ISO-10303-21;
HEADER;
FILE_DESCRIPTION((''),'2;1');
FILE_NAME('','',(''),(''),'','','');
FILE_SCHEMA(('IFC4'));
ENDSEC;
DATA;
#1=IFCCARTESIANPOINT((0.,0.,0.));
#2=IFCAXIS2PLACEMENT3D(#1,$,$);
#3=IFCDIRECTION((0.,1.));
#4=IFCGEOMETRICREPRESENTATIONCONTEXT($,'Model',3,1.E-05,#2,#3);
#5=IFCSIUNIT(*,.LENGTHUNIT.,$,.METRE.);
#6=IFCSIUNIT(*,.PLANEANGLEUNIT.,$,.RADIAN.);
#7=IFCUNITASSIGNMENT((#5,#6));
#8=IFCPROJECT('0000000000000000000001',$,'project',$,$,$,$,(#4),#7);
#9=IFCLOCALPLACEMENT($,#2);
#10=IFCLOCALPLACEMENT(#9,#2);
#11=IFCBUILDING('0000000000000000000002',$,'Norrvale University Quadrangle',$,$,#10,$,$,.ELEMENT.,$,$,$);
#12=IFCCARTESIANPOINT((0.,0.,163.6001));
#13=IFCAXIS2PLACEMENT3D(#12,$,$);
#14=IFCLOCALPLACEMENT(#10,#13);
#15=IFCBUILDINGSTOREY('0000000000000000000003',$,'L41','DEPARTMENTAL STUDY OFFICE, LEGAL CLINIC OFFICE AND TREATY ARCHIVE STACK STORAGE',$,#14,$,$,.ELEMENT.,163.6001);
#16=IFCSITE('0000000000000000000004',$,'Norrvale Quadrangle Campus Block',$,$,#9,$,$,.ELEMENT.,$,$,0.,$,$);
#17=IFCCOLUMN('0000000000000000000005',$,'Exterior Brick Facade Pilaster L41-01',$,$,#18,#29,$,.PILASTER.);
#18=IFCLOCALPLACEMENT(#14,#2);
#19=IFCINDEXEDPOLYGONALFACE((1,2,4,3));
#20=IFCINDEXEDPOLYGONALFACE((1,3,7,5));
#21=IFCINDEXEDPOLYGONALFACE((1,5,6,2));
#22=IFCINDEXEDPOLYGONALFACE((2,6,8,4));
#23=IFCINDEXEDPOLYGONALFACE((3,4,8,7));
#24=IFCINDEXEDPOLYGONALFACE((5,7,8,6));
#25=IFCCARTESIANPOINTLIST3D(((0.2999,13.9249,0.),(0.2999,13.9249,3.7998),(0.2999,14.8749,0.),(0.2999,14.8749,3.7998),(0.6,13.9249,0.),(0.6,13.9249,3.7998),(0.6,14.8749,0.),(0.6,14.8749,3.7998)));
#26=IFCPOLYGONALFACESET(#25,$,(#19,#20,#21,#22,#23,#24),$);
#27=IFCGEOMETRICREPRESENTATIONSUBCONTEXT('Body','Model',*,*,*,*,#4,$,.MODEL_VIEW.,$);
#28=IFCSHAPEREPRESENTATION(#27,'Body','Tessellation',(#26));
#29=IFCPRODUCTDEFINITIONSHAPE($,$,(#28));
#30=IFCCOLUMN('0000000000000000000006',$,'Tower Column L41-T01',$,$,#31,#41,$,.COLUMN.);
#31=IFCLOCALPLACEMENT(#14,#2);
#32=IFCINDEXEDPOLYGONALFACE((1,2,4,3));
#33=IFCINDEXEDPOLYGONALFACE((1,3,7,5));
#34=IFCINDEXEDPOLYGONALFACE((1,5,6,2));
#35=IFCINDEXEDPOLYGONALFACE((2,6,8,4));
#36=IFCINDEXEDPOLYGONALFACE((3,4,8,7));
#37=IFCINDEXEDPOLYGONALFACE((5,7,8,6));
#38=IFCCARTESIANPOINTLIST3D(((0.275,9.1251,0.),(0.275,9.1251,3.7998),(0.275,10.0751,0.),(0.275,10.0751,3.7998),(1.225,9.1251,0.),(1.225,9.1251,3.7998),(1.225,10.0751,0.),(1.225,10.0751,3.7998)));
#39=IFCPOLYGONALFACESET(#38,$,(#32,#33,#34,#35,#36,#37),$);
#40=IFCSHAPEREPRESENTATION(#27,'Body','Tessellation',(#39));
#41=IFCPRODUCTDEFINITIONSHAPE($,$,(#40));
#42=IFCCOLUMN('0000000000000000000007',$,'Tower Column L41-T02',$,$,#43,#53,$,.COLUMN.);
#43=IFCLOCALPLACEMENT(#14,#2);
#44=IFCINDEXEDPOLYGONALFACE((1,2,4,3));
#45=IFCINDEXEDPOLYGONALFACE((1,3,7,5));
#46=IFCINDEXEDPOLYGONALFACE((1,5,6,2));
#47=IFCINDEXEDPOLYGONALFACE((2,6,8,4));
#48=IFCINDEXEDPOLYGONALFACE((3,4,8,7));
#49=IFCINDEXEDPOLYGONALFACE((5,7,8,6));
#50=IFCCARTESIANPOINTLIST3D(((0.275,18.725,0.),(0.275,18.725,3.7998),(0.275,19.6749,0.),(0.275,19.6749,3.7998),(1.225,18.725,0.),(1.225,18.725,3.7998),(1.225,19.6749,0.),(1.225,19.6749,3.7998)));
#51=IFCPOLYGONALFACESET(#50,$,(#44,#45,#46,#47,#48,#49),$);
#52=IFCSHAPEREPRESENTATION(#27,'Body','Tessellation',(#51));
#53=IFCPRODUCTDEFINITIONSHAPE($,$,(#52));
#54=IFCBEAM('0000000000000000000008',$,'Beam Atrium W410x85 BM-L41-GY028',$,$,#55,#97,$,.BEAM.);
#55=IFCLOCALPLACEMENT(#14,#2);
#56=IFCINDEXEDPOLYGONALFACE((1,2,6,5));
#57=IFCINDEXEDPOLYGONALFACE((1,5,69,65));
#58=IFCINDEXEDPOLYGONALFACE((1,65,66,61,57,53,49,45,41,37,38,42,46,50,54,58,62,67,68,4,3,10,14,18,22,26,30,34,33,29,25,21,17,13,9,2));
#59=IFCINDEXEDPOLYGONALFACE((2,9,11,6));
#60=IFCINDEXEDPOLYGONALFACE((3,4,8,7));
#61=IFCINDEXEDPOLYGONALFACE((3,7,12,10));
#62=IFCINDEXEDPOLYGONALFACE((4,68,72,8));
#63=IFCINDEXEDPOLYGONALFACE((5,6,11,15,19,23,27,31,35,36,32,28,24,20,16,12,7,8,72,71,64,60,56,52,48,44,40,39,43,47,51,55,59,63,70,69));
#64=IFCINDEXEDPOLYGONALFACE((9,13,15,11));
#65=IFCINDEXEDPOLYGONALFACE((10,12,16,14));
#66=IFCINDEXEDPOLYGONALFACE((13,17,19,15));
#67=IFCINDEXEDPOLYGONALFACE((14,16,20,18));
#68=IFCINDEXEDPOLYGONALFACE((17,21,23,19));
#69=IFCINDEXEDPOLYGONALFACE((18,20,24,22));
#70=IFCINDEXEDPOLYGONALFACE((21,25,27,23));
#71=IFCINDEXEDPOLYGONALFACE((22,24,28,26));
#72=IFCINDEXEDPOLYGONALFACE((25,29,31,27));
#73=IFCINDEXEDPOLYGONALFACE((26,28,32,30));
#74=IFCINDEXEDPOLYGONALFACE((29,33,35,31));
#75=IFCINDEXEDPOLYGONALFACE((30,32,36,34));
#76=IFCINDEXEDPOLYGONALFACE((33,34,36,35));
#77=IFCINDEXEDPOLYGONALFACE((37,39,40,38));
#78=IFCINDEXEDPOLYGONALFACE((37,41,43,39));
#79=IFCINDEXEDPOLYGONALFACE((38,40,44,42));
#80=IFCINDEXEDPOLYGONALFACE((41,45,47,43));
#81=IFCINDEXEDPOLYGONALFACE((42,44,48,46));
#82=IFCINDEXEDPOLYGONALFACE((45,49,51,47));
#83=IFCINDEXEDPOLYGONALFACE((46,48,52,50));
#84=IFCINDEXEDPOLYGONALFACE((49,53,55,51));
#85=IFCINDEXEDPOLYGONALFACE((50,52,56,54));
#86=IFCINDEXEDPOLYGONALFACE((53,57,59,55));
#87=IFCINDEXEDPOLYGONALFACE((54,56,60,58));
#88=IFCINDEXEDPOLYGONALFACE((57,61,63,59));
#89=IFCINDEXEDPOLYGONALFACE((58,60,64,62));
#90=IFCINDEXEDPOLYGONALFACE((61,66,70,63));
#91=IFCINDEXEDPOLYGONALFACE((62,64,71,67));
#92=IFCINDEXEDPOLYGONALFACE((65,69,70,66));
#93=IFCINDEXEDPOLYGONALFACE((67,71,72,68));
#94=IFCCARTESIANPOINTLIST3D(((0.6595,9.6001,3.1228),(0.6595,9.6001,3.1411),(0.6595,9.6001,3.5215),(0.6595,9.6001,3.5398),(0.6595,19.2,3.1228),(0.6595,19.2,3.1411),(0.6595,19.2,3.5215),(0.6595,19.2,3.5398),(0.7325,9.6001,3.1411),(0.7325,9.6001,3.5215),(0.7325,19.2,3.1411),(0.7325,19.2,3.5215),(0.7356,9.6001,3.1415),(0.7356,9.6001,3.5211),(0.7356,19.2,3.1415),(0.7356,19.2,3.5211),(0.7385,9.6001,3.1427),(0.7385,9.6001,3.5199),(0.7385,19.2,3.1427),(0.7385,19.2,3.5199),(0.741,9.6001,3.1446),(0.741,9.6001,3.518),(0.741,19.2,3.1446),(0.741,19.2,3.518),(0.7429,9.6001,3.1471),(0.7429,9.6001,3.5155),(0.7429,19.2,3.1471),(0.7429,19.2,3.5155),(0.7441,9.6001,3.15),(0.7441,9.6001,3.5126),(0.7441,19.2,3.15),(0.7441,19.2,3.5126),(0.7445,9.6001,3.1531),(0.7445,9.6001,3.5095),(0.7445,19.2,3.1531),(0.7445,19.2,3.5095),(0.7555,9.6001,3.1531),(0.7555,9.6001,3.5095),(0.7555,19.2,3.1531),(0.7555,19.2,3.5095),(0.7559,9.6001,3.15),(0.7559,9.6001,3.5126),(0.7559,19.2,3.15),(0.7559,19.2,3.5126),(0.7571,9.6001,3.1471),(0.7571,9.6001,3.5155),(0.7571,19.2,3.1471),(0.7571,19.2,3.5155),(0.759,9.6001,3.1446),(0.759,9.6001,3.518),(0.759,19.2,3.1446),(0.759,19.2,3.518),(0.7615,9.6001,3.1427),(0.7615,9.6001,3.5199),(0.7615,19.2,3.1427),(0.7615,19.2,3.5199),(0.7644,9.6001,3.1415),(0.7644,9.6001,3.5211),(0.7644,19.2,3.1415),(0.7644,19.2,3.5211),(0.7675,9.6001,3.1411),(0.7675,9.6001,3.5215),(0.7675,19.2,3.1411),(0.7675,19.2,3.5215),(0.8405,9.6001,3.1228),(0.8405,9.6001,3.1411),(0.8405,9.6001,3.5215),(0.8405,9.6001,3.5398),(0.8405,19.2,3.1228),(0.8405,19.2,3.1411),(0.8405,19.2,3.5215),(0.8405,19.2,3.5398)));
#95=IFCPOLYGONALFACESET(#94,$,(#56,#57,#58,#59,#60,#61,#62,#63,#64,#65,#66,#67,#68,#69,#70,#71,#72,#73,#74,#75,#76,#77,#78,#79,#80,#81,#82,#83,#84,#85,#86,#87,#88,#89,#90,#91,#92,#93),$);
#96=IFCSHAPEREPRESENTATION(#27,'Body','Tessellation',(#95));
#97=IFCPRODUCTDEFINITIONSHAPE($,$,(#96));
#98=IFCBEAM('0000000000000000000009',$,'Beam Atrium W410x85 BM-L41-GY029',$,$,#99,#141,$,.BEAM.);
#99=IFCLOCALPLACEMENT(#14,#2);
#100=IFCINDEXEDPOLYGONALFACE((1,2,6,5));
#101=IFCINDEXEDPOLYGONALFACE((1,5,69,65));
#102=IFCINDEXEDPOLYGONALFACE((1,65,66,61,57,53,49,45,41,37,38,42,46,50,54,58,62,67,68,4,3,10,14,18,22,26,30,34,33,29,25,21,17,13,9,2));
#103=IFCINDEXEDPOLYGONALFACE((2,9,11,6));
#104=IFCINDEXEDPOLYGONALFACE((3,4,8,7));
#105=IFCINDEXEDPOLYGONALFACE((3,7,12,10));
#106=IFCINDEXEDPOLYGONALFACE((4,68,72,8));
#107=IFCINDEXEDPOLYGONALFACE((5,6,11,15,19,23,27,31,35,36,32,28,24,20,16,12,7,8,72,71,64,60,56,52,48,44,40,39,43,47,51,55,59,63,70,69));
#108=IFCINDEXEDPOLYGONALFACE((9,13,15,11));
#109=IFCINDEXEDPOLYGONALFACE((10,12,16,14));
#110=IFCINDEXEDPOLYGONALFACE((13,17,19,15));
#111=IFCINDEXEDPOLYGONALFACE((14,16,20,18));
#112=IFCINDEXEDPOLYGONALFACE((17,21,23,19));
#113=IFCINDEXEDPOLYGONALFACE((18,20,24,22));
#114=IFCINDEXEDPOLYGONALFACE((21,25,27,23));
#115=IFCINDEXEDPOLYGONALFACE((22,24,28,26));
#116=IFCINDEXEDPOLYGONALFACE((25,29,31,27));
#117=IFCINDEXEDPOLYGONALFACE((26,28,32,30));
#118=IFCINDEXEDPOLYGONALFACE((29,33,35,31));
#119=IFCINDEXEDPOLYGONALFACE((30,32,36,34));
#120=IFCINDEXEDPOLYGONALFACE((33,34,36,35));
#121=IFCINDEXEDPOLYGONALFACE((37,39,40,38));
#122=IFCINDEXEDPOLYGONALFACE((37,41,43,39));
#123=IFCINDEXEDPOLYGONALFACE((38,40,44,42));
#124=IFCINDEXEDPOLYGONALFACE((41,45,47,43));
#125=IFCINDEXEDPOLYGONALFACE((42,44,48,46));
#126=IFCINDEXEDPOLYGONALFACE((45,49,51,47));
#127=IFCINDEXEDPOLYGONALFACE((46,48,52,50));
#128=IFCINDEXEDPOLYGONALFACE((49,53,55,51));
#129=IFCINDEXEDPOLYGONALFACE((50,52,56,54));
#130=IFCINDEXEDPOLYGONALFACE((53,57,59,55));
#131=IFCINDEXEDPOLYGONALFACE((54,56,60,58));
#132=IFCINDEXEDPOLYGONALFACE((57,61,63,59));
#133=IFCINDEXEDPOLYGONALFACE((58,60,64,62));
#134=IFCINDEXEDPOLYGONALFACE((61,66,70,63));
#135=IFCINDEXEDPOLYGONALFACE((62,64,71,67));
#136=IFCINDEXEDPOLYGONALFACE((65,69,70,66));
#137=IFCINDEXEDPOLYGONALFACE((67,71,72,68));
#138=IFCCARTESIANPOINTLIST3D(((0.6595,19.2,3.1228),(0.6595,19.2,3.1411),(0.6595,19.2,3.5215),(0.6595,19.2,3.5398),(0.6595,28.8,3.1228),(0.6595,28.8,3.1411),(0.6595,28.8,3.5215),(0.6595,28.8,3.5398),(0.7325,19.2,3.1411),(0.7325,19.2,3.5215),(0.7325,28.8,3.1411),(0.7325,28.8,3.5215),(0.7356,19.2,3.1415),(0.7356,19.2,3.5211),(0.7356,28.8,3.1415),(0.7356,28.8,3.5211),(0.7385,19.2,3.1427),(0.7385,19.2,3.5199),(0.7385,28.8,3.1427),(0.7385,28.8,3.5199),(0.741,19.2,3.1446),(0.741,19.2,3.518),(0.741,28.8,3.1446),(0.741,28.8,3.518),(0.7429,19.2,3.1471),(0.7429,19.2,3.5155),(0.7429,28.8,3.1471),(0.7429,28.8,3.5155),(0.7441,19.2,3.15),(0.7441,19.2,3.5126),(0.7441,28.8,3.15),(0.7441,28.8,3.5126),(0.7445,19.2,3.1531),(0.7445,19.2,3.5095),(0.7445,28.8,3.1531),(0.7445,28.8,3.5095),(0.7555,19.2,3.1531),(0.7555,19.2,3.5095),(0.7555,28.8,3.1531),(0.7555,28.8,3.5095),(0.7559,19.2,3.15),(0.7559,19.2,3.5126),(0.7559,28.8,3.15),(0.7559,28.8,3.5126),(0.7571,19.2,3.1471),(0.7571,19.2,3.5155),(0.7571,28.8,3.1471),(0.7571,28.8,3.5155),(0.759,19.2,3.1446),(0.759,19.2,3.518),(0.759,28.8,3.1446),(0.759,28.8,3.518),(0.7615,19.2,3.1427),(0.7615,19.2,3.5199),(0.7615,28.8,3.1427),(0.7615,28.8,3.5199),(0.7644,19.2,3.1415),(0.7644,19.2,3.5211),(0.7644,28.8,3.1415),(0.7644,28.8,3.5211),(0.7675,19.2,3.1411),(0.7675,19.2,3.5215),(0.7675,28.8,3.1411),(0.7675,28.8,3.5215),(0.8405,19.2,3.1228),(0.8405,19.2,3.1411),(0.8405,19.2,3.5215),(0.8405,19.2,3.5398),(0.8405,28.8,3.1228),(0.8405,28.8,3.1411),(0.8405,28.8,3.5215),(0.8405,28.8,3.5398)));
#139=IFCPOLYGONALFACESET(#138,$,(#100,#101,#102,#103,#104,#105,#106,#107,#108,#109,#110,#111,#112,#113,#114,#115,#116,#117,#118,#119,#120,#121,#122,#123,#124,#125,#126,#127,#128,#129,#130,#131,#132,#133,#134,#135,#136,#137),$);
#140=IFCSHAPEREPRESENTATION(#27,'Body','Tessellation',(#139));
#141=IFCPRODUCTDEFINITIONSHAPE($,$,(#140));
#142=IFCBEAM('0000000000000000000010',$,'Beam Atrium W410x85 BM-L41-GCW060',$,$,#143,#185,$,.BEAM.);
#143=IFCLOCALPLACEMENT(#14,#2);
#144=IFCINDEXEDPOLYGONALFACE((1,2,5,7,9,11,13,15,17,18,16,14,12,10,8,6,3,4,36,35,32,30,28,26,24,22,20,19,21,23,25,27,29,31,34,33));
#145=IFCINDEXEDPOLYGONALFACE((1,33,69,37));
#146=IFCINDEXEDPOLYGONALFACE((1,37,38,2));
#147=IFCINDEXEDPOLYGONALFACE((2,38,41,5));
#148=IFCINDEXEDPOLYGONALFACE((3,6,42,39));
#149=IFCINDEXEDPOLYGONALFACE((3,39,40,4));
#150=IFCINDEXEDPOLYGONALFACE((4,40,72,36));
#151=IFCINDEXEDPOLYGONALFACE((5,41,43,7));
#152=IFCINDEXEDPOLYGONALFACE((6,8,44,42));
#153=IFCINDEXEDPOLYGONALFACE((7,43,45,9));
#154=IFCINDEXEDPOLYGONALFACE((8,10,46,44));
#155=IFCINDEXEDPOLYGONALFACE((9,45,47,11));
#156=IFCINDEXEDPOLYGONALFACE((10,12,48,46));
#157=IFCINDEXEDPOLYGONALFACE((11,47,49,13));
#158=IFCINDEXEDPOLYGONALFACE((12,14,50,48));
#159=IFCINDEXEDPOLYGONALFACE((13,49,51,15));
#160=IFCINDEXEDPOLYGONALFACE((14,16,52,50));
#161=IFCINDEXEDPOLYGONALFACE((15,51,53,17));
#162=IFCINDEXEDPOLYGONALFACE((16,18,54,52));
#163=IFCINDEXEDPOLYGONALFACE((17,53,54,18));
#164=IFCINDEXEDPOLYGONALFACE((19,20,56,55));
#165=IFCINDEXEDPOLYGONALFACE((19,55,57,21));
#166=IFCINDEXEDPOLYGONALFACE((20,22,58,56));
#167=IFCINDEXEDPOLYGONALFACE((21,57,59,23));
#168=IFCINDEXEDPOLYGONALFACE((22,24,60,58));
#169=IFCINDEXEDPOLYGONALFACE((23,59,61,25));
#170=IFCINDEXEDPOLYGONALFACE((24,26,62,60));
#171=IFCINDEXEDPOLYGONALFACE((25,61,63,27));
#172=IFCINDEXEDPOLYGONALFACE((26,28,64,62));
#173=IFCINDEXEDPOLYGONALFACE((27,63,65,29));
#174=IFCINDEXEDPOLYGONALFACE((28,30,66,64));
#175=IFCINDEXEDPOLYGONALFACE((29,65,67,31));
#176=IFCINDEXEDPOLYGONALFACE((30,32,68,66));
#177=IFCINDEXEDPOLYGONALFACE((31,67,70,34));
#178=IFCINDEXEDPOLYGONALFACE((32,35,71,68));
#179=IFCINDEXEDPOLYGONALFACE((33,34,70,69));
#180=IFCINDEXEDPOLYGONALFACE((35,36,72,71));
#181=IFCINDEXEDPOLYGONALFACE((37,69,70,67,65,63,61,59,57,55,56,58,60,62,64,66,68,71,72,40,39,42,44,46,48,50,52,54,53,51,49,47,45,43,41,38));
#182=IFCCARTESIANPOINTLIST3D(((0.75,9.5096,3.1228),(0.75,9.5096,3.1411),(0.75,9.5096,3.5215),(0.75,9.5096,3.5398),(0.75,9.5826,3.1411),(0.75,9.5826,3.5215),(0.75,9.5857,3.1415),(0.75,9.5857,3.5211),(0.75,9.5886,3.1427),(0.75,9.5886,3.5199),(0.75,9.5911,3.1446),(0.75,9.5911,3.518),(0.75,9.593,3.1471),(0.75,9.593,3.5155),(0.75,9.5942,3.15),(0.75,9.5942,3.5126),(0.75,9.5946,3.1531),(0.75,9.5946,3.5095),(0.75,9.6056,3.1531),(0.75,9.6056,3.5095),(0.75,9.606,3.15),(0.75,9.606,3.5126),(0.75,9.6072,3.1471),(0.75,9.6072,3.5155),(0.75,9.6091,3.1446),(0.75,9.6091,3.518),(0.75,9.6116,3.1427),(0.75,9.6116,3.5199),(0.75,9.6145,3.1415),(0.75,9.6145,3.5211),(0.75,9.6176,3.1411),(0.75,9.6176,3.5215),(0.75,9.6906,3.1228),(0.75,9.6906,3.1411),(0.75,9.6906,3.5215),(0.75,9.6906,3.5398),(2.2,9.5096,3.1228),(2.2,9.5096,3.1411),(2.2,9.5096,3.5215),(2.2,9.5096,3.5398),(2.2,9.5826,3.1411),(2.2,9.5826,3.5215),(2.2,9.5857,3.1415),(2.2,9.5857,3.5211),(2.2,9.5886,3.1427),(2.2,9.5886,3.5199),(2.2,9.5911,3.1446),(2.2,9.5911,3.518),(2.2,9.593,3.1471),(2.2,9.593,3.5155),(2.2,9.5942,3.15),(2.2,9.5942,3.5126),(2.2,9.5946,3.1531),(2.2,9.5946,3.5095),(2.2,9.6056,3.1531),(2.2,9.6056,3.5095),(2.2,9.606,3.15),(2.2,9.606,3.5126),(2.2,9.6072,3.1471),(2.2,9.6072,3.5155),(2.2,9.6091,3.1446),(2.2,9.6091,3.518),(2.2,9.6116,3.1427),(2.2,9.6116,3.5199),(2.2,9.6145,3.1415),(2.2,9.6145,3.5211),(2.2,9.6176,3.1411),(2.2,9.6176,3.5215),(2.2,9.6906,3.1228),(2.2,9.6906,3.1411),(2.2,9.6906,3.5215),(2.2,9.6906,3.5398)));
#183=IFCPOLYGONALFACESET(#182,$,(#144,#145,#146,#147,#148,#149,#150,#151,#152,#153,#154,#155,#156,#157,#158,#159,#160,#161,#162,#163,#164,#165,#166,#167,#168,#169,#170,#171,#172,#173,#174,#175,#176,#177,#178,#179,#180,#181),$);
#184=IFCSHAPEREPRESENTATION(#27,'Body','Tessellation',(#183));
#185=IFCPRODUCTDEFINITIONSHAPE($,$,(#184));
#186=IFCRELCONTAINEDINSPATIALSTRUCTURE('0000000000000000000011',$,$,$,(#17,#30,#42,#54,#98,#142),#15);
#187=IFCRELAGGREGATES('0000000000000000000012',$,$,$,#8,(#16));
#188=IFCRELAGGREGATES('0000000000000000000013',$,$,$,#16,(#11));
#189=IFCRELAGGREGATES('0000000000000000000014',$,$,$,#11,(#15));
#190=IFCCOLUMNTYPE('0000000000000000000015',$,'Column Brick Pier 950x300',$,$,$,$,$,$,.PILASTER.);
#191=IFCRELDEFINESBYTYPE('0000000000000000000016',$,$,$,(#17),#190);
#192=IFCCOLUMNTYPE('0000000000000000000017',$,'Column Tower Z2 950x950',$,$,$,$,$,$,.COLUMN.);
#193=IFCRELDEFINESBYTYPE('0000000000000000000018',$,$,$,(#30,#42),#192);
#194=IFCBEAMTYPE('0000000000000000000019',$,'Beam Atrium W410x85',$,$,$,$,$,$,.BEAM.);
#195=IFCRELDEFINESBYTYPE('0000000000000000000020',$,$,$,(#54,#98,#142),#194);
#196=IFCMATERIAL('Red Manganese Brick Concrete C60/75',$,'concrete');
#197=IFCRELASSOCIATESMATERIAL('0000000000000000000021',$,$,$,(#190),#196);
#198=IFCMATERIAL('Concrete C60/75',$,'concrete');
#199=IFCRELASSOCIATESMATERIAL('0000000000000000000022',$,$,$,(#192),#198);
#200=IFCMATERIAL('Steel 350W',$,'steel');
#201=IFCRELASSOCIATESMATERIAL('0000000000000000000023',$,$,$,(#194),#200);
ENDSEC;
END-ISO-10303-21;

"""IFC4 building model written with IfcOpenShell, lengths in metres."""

from ifc_helpers import new_model, si_unit, direction, frame, origin, origin_2d, place, context, subcontext, project, spatial, rectangle, i_section, extrude, material, material_profile, profile_set, type_object, element, save


model = new_model("IFC4")

# Units and contexts
model_context = context("Model", 3, precision=1e-05, world=origin(), true_north=direction((0.0, 1.0)))
body_context = subcontext(model_context, "Body", "Model", "MODEL_VIEW")
ifc_project = project(units=[si_unit("LENGTHUNIT", "METRE"), si_unit("PLANEANGLEUNIT", "RADIAN")], contexts=[model_context])

# Site, building, storey
site_placement = place(None, origin())
site = spatial("IfcSite", under=ifc_project, at=site_placement, Name="Norrvale Quadrangle Campus Block", CompositionType="ELEMENT", RefElevation=0.0)
building_placement = place(site_placement, origin())
building = spatial("IfcBuilding", under=site, at=building_placement, Name="Norrvale University Quadrangle", CompositionType="ELEMENT")
storey_placement = place(building_placement, frame((0.0, 0.0, 163.6001)))
storey = spatial("IfcBuildingStorey", under=building, at=storey_placement, Name="L41", Description="DEPARTMENTAL STUDY OFFICE, LEGAL CLINIC OFFICE AND TREATY ARCHIVE STACK STORAGE", CompositionType="ELEMENT", Elevation=163.6001)

# Columns
ifc_material_1 = material(Name="Red Manganese Brick Concrete C60/75", Category="concrete")
ifc_material_profile_1 = material_profile(ifc_material_1, rectangle(XDim=0.95, YDim=0.3, at=origin_2d()), Name="Red Manganese Brick Concrete C60/75")
ifc_profile_set_1 = profile_set([ifc_material_profile_1], Name="Red Manganese Brick Concrete C60/75")
column_type_1 = type_object("IfcColumnType", Name="Column Brick Pier 950x300", PredefinedType="PILASTER", material=ifc_profile_set_1)
column_placement = place(storey_placement, frame((0.45, 14.3999, 0.0), z_axis=(0.0, 0.0, 1.0), x_axis=(0.0, 1.0, 0.0)))
element("IfcColumn", 1, at=column_placement, inside=storey, type_object=column_type_1, Name="Exterior Brick Facade Pilaster L41-01", PredefinedType="PILASTER", context=body_context, shape_type="SweptSolid", body=[
    extrude(rectangle(XDim=0.95, YDim=0.3, at=origin_2d()), origin(), (0.0, 0.0, 1.0), 3.7998),
])
ifc_material_2 = material(Name="Concrete C60/75", Category="concrete")
ifc_material_profile_2 = material_profile(ifc_material_2, rectangle(XDim=0.95, YDim=0.95, at=origin_2d()), Name="Concrete C60/75")
ifc_profile_set_2 = profile_set([ifc_material_profile_2], Name="Concrete C60/75")
column_type_2 = type_object("IfcColumnType", Name="Column Tower Z2 950x950", PredefinedType="COLUMN", material=ifc_profile_set_2)
for number, where, z_axis, x_axis, name in (
    (2, (0.75, 9.6001, 0.0), (0.0, 0.0, 1.0), (1.0, 0.0, 0.0), "Tower Column L41-T01"),
    (3, (0.75, 19.2, 0.0), (0.0, 0.0, 1.0), (1.0, 0.0, 0.0), "Tower Column L41-T02"),
):
    element("IfcColumn", number, at=place(storey_placement, frame(where, z_axis=z_axis, x_axis=x_axis)), inside=storey, type_object=column_type_2, Name=name, PredefinedType="COLUMN", context=body_context, shape_type="SweptSolid", body=[
        extrude(rectangle(XDim=0.95, YDim=0.95, at=origin_2d()), origin(), (0.0, 0.0, 1.0), 3.7998),
    ])

# Beams
ifc_material_3 = material(Name="Steel 350W", Category="steel")
ifc_material_profile_3 = material_profile(ifc_material_3, i_section(OverallWidth=0.1809, OverallDepth=0.417, WebThickness=0.011, FlangeThickness=0.0183, FilletRadius=0.012, at=origin_2d()), Name="Steel 350W")
ifc_profile_set_3 = profile_set([ifc_material_profile_3], Name="Steel 350W")
beam_type_1 = type_object("IfcBeamType", Name="Beam Atrium W410x85", PredefinedType="BEAM", material=ifc_profile_set_3)
beam_1_placement = place(storey_placement, frame((0.75, 9.6001, 3.3313), z_axis=(0.0, 1.0, 0.0), x_axis=(-1.0, 0.0, 0.0)))
element("IfcBeam", 4, at=beam_1_placement, inside=storey, type_object=beam_type_1, Name="Beam Atrium W410x85 BM-L41-GY028", PredefinedType="BEAM", context=body_context, shape_type="SweptSolid", body=[
    extrude(i_section(OverallWidth=0.1809, OverallDepth=0.417, WebThickness=0.011, FlangeThickness=0.0183, FilletRadius=0.012, at=origin_2d()), origin(), (0.0, 0.0, 1.0), 9.5999),
])
beam_2_placement = place(storey_placement, frame((0.75, 19.2, 3.3313), z_axis=(0.0, 1.0, 0.0), x_axis=(-1.0, 0.0, 0.0)))
element("IfcBeam", 5, at=beam_2_placement, inside=storey, type_object=beam_type_1, Name="Beam Atrium W410x85 BM-L41-GY029", PredefinedType="BEAM", context=body_context, shape_type="SweptSolid", body=[
    extrude(i_section(OverallWidth=0.1809, OverallDepth=0.417, WebThickness=0.011, FlangeThickness=0.0183, FilletRadius=0.012, at=origin_2d()), origin(), (0.0, 0.0, 1.0), 9.6001),
])
for number, where, z_axis, x_axis, name in (
    (6, (0.75, 9.6001, 3.3313), (1.0, 0.0, 0.0), (0.0, 1.0, 0.0), "Beam Atrium W410x85 BM-L41-GCW060"),
):
    element("IfcBeam", number, at=place(storey_placement, frame(where, z_axis=z_axis, x_axis=x_axis)), inside=storey, type_object=beam_type_1, Name=name, PredefinedType="BEAM", context=body_context, shape_type="SweptSolid", body=[
        extrude(i_section(OverallWidth=0.1809, OverallDepth=0.417, WebThickness=0.011, FlangeThickness=0.0183, FilletRadius=0.012, at=origin_2d()), origin(), (0.0, 0.0, 1.0), 1.45),
    ])

save(model, "model.ifc")
